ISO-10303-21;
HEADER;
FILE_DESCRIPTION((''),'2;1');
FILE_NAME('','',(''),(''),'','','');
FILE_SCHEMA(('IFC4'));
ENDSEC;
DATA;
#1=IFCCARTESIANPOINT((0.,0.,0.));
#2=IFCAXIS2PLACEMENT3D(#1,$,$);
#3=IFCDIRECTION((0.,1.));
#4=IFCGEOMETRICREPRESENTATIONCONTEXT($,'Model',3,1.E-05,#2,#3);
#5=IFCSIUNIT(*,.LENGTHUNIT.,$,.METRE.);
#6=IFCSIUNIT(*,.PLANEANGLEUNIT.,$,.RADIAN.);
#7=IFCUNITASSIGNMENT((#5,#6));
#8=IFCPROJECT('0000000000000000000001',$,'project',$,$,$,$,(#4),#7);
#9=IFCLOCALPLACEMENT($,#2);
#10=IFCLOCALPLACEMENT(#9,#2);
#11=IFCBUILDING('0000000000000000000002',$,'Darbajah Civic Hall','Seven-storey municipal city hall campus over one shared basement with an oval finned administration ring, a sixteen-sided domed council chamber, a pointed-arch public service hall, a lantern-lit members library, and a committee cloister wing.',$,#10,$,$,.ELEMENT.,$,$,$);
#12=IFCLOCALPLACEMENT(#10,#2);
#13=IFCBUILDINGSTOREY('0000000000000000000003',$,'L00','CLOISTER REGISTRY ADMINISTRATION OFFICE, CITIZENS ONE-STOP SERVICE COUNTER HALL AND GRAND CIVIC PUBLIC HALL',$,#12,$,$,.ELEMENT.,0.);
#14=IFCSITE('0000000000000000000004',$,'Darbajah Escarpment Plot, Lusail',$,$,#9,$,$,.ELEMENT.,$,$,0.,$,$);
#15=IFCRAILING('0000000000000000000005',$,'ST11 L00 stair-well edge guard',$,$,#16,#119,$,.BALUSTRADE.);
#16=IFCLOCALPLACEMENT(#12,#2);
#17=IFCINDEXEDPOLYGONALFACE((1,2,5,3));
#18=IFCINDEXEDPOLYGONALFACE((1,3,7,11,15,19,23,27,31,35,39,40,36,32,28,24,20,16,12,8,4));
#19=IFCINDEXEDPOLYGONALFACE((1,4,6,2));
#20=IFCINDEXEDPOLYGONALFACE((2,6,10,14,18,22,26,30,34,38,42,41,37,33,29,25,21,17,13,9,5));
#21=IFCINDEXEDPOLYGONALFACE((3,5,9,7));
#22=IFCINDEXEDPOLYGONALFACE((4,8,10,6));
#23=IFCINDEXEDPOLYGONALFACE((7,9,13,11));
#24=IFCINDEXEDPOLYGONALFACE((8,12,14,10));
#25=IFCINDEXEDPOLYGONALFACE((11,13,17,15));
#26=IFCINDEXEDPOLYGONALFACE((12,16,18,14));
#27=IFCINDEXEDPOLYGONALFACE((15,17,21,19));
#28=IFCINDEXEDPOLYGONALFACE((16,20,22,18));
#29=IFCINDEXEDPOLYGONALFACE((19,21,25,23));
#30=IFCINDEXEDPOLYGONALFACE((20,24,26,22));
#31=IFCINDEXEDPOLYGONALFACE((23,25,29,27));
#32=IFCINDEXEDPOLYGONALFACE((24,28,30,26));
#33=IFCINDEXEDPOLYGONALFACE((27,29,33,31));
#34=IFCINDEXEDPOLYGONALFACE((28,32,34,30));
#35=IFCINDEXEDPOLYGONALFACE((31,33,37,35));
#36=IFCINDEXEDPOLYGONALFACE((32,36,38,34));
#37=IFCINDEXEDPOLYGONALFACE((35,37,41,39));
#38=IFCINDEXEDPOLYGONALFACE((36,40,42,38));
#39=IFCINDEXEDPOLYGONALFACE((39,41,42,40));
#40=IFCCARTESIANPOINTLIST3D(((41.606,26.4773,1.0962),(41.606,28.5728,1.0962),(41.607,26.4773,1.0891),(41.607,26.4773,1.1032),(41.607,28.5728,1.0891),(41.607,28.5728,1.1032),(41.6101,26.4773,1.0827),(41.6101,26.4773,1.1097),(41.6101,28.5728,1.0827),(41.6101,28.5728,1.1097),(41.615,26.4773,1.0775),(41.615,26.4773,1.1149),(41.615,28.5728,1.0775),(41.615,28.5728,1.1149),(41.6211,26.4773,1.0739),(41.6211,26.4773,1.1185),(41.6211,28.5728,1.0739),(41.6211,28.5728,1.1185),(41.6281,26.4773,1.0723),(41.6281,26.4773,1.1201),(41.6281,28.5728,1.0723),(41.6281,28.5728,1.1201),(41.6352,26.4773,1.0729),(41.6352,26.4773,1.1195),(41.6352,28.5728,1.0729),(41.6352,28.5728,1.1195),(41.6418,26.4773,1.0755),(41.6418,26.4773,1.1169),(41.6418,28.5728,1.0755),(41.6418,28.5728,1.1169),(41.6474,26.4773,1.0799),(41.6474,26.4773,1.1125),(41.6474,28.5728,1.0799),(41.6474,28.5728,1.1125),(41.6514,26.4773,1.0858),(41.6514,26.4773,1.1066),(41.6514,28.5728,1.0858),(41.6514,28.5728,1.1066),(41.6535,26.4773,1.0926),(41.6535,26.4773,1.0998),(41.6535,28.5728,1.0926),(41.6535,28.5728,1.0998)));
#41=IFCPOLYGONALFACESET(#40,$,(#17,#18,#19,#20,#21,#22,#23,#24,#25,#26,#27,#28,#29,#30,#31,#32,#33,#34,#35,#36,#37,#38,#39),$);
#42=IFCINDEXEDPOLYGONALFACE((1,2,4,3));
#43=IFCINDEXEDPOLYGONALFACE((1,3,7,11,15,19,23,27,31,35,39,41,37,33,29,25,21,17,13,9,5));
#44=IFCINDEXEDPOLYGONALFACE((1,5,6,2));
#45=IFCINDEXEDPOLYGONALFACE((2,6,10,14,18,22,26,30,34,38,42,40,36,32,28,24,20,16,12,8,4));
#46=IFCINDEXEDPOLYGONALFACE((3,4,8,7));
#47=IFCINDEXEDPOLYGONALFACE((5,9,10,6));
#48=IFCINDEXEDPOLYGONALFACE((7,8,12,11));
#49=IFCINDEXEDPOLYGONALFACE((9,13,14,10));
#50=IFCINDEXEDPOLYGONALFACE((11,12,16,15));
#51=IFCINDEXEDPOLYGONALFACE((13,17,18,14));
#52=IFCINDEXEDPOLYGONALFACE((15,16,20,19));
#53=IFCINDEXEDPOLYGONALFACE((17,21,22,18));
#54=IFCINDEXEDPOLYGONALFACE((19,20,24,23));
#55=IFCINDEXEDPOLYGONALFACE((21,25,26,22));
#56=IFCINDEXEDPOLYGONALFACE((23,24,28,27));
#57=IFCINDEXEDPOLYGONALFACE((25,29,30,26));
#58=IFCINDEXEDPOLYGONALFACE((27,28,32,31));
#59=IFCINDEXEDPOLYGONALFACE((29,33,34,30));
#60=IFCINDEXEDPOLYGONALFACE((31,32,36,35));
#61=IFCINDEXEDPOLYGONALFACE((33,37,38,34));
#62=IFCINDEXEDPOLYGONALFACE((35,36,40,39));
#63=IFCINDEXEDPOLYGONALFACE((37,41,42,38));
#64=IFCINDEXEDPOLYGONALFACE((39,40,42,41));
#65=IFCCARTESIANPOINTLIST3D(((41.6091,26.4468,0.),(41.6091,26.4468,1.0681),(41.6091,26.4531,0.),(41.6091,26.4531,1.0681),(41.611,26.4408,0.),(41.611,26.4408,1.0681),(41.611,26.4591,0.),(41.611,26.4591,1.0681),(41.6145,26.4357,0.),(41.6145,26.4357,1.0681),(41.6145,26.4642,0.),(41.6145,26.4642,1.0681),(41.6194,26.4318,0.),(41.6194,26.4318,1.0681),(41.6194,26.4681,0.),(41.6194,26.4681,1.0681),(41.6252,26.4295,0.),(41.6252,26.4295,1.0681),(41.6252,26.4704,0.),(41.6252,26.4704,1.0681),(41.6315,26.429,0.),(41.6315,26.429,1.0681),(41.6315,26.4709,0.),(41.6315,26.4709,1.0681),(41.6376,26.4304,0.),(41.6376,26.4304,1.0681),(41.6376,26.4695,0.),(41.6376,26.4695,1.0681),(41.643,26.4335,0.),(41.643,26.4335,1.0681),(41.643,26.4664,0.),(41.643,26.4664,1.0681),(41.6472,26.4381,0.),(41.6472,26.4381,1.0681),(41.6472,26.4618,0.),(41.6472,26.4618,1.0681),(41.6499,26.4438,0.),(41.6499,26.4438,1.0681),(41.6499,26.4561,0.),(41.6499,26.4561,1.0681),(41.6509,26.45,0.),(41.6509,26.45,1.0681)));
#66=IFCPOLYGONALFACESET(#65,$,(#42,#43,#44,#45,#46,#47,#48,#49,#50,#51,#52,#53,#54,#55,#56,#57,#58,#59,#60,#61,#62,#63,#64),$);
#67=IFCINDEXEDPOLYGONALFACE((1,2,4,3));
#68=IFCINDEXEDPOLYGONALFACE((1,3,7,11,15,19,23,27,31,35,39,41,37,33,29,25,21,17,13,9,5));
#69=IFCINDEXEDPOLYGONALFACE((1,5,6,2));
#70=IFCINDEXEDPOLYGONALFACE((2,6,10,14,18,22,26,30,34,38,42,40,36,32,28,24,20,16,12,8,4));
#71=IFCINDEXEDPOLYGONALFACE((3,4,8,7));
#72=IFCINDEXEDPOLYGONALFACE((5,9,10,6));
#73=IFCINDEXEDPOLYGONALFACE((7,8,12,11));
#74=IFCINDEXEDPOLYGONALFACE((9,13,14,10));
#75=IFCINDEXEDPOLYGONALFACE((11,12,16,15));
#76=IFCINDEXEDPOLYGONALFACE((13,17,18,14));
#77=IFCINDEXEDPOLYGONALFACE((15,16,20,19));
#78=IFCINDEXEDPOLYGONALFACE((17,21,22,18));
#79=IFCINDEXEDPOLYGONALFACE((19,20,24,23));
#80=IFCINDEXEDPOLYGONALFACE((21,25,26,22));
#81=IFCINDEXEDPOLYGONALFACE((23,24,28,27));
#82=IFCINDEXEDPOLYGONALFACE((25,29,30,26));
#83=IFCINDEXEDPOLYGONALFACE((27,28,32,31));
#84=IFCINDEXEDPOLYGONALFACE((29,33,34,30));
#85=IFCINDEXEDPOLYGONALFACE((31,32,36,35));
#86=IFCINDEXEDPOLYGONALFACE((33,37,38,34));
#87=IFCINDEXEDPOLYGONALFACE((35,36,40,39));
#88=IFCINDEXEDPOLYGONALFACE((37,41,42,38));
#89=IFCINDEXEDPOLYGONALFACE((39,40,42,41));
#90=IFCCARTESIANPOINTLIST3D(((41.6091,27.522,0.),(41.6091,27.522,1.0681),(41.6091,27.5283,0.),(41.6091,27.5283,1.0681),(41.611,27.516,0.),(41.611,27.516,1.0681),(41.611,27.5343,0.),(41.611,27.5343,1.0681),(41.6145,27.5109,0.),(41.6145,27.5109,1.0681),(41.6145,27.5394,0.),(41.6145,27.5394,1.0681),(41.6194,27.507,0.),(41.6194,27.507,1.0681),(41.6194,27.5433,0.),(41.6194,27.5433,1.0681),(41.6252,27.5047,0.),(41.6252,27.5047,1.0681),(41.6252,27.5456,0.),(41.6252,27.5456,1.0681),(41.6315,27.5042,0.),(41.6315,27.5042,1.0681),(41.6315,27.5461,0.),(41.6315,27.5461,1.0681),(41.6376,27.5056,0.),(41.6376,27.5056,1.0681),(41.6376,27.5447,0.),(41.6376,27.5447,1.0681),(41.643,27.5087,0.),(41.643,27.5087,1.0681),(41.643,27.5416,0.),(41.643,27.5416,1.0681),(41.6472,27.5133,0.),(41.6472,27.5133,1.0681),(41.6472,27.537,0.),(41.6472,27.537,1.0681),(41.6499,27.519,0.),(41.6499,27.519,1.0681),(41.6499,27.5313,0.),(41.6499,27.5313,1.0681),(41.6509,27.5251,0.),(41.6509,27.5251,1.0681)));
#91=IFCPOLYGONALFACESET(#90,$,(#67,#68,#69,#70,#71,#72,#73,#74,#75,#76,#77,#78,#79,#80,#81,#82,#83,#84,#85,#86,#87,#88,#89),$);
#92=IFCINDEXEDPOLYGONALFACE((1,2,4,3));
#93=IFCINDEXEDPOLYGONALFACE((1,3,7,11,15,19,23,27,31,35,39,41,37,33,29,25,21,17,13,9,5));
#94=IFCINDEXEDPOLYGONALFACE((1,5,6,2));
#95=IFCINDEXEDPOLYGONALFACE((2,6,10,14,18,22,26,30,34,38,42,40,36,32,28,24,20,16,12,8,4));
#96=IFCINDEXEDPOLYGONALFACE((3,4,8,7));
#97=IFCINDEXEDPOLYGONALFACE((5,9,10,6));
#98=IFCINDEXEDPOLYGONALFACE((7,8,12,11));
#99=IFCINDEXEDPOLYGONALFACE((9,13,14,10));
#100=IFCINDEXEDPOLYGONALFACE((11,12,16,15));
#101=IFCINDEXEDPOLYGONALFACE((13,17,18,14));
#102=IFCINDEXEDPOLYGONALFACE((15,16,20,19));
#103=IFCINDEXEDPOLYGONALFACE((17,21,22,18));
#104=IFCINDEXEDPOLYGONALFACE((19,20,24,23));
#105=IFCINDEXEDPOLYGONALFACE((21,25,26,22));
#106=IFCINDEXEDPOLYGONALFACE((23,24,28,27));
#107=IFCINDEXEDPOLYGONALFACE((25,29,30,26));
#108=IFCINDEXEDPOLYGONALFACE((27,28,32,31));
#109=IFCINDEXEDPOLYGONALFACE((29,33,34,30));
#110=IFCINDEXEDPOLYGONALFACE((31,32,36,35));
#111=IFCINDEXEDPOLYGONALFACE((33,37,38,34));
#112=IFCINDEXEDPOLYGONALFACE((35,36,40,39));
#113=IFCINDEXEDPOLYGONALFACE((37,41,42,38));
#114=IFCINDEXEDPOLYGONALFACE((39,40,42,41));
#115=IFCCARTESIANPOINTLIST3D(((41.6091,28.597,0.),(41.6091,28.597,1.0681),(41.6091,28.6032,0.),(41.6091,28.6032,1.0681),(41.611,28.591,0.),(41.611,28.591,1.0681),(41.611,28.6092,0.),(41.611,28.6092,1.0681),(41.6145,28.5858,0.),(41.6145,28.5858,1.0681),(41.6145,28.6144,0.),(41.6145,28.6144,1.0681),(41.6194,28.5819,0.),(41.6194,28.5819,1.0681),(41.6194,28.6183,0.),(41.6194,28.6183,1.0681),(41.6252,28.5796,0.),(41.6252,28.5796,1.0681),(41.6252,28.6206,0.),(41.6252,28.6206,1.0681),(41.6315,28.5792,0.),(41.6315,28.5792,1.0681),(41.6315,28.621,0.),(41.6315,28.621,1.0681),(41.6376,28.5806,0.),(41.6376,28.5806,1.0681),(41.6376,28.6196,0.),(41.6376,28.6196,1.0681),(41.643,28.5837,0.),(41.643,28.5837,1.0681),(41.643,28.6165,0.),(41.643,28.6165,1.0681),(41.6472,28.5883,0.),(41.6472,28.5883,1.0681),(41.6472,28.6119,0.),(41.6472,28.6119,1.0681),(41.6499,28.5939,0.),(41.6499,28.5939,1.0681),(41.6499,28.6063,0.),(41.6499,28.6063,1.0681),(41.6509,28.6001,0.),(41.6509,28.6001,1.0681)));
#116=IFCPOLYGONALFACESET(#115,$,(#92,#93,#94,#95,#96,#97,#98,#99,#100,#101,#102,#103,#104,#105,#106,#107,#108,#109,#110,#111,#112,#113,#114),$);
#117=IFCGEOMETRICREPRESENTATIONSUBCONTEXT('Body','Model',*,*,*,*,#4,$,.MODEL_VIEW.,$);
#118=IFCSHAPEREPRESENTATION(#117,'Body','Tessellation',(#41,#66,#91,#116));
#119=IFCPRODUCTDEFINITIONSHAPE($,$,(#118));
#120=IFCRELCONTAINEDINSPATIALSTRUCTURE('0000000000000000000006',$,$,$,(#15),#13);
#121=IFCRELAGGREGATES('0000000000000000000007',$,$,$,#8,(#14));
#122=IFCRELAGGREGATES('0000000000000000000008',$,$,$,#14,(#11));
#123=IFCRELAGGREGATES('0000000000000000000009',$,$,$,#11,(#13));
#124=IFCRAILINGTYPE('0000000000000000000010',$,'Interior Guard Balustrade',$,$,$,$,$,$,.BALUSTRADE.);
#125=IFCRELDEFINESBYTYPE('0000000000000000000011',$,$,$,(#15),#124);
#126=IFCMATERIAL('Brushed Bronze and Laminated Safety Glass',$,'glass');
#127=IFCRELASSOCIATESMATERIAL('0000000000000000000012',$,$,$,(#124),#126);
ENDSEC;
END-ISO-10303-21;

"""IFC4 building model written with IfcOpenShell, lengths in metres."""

from ifc_helpers import new_model, si_unit, direction, frame, origin, origin_2d, place, context, subcontext, project, spatial, circle, extrude, material, type_object, element, save


model = new_model("IFC4")

# Units and contexts
model_context = context("Model", 3, precision=1e-05, world=origin(), true_north=direction((0.0, 1.0)))
body_context = subcontext(model_context, "Body", "Model", "MODEL_VIEW")
ifc_project = project(units=[si_unit("LENGTHUNIT", "METRE"), si_unit("PLANEANGLEUNIT", "RADIAN")], contexts=[model_context])

# Site, building, storey
site_placement = place(None, origin())
site = spatial("IfcSite", under=ifc_project, at=site_placement, Name="Darbajah Escarpment Plot, Lusail", CompositionType="ELEMENT", RefElevation=0.0)
building_placement = place(site_placement, origin())
building = spatial("IfcBuilding", under=site, at=building_placement, Name="Darbajah Civic Hall", Description="Seven-storey municipal city hall campus over one shared basement with an oval finned administration ring, a sixteen-sided domed council chamber, a pointed-arch public service hall, a lantern-lit members library, and a committee cloister wing.", CompositionType="ELEMENT")
storey_placement = place(building_placement, origin())
storey = spatial("IfcBuildingStorey", under=building, at=storey_placement, Name="L00", Description="CLOISTER REGISTRY ADMINISTRATION OFFICE, CITIZENS ONE-STOP SERVICE COUNTER HALL AND GRAND CIVIC PUBLIC HALL", CompositionType="ELEMENT", Elevation=0.0)

# Railing
ifc_material_1 = material(Name="Brushed Bronze and Laminated Safety Glass", Category="glass")
railing_type_1 = type_object("IfcRailingType", Name="Interior Guard Balustrade", PredefinedType="BALUSTRADE", material=ifc_material_1)
railing_1_placement = place(storey_placement, frame((41.6299, 26.45, 0.0)))
element("IfcRailing", 1, at=railing_1_placement, inside=storey, type_object=railing_type_1, Name="ST11 L00 stair-well edge guard", PredefinedType="BALUSTRADE", context=body_context, shape_type="SweptSolid", body=[
    extrude(circle(Radius=0.0239, at=origin_2d()), frame((0.0, 0.0273, 1.0962), z_axis=(0.0, 1.0, 0.0), x_axis=(-1.0, 0.0, 0.0)), (0.0, 0.0, 1.0), 2.0955),
    extrude(circle(Radius=0.021, at=origin_2d()), origin(), (0.0, 0.0, 1.0), 1.0681),
    extrude(circle(Radius=0.021, at=origin_2d()), frame((0.0, 1.0752, 0.0)), (0.0, 0.0, 1.0), 1.0681),
    extrude(circle(Radius=0.021, at=origin_2d()), frame((0.0, 2.1501, 0.0)), (0.0, 0.0, 1.0), 1.0681),
])

save(model, "model.ifc")
